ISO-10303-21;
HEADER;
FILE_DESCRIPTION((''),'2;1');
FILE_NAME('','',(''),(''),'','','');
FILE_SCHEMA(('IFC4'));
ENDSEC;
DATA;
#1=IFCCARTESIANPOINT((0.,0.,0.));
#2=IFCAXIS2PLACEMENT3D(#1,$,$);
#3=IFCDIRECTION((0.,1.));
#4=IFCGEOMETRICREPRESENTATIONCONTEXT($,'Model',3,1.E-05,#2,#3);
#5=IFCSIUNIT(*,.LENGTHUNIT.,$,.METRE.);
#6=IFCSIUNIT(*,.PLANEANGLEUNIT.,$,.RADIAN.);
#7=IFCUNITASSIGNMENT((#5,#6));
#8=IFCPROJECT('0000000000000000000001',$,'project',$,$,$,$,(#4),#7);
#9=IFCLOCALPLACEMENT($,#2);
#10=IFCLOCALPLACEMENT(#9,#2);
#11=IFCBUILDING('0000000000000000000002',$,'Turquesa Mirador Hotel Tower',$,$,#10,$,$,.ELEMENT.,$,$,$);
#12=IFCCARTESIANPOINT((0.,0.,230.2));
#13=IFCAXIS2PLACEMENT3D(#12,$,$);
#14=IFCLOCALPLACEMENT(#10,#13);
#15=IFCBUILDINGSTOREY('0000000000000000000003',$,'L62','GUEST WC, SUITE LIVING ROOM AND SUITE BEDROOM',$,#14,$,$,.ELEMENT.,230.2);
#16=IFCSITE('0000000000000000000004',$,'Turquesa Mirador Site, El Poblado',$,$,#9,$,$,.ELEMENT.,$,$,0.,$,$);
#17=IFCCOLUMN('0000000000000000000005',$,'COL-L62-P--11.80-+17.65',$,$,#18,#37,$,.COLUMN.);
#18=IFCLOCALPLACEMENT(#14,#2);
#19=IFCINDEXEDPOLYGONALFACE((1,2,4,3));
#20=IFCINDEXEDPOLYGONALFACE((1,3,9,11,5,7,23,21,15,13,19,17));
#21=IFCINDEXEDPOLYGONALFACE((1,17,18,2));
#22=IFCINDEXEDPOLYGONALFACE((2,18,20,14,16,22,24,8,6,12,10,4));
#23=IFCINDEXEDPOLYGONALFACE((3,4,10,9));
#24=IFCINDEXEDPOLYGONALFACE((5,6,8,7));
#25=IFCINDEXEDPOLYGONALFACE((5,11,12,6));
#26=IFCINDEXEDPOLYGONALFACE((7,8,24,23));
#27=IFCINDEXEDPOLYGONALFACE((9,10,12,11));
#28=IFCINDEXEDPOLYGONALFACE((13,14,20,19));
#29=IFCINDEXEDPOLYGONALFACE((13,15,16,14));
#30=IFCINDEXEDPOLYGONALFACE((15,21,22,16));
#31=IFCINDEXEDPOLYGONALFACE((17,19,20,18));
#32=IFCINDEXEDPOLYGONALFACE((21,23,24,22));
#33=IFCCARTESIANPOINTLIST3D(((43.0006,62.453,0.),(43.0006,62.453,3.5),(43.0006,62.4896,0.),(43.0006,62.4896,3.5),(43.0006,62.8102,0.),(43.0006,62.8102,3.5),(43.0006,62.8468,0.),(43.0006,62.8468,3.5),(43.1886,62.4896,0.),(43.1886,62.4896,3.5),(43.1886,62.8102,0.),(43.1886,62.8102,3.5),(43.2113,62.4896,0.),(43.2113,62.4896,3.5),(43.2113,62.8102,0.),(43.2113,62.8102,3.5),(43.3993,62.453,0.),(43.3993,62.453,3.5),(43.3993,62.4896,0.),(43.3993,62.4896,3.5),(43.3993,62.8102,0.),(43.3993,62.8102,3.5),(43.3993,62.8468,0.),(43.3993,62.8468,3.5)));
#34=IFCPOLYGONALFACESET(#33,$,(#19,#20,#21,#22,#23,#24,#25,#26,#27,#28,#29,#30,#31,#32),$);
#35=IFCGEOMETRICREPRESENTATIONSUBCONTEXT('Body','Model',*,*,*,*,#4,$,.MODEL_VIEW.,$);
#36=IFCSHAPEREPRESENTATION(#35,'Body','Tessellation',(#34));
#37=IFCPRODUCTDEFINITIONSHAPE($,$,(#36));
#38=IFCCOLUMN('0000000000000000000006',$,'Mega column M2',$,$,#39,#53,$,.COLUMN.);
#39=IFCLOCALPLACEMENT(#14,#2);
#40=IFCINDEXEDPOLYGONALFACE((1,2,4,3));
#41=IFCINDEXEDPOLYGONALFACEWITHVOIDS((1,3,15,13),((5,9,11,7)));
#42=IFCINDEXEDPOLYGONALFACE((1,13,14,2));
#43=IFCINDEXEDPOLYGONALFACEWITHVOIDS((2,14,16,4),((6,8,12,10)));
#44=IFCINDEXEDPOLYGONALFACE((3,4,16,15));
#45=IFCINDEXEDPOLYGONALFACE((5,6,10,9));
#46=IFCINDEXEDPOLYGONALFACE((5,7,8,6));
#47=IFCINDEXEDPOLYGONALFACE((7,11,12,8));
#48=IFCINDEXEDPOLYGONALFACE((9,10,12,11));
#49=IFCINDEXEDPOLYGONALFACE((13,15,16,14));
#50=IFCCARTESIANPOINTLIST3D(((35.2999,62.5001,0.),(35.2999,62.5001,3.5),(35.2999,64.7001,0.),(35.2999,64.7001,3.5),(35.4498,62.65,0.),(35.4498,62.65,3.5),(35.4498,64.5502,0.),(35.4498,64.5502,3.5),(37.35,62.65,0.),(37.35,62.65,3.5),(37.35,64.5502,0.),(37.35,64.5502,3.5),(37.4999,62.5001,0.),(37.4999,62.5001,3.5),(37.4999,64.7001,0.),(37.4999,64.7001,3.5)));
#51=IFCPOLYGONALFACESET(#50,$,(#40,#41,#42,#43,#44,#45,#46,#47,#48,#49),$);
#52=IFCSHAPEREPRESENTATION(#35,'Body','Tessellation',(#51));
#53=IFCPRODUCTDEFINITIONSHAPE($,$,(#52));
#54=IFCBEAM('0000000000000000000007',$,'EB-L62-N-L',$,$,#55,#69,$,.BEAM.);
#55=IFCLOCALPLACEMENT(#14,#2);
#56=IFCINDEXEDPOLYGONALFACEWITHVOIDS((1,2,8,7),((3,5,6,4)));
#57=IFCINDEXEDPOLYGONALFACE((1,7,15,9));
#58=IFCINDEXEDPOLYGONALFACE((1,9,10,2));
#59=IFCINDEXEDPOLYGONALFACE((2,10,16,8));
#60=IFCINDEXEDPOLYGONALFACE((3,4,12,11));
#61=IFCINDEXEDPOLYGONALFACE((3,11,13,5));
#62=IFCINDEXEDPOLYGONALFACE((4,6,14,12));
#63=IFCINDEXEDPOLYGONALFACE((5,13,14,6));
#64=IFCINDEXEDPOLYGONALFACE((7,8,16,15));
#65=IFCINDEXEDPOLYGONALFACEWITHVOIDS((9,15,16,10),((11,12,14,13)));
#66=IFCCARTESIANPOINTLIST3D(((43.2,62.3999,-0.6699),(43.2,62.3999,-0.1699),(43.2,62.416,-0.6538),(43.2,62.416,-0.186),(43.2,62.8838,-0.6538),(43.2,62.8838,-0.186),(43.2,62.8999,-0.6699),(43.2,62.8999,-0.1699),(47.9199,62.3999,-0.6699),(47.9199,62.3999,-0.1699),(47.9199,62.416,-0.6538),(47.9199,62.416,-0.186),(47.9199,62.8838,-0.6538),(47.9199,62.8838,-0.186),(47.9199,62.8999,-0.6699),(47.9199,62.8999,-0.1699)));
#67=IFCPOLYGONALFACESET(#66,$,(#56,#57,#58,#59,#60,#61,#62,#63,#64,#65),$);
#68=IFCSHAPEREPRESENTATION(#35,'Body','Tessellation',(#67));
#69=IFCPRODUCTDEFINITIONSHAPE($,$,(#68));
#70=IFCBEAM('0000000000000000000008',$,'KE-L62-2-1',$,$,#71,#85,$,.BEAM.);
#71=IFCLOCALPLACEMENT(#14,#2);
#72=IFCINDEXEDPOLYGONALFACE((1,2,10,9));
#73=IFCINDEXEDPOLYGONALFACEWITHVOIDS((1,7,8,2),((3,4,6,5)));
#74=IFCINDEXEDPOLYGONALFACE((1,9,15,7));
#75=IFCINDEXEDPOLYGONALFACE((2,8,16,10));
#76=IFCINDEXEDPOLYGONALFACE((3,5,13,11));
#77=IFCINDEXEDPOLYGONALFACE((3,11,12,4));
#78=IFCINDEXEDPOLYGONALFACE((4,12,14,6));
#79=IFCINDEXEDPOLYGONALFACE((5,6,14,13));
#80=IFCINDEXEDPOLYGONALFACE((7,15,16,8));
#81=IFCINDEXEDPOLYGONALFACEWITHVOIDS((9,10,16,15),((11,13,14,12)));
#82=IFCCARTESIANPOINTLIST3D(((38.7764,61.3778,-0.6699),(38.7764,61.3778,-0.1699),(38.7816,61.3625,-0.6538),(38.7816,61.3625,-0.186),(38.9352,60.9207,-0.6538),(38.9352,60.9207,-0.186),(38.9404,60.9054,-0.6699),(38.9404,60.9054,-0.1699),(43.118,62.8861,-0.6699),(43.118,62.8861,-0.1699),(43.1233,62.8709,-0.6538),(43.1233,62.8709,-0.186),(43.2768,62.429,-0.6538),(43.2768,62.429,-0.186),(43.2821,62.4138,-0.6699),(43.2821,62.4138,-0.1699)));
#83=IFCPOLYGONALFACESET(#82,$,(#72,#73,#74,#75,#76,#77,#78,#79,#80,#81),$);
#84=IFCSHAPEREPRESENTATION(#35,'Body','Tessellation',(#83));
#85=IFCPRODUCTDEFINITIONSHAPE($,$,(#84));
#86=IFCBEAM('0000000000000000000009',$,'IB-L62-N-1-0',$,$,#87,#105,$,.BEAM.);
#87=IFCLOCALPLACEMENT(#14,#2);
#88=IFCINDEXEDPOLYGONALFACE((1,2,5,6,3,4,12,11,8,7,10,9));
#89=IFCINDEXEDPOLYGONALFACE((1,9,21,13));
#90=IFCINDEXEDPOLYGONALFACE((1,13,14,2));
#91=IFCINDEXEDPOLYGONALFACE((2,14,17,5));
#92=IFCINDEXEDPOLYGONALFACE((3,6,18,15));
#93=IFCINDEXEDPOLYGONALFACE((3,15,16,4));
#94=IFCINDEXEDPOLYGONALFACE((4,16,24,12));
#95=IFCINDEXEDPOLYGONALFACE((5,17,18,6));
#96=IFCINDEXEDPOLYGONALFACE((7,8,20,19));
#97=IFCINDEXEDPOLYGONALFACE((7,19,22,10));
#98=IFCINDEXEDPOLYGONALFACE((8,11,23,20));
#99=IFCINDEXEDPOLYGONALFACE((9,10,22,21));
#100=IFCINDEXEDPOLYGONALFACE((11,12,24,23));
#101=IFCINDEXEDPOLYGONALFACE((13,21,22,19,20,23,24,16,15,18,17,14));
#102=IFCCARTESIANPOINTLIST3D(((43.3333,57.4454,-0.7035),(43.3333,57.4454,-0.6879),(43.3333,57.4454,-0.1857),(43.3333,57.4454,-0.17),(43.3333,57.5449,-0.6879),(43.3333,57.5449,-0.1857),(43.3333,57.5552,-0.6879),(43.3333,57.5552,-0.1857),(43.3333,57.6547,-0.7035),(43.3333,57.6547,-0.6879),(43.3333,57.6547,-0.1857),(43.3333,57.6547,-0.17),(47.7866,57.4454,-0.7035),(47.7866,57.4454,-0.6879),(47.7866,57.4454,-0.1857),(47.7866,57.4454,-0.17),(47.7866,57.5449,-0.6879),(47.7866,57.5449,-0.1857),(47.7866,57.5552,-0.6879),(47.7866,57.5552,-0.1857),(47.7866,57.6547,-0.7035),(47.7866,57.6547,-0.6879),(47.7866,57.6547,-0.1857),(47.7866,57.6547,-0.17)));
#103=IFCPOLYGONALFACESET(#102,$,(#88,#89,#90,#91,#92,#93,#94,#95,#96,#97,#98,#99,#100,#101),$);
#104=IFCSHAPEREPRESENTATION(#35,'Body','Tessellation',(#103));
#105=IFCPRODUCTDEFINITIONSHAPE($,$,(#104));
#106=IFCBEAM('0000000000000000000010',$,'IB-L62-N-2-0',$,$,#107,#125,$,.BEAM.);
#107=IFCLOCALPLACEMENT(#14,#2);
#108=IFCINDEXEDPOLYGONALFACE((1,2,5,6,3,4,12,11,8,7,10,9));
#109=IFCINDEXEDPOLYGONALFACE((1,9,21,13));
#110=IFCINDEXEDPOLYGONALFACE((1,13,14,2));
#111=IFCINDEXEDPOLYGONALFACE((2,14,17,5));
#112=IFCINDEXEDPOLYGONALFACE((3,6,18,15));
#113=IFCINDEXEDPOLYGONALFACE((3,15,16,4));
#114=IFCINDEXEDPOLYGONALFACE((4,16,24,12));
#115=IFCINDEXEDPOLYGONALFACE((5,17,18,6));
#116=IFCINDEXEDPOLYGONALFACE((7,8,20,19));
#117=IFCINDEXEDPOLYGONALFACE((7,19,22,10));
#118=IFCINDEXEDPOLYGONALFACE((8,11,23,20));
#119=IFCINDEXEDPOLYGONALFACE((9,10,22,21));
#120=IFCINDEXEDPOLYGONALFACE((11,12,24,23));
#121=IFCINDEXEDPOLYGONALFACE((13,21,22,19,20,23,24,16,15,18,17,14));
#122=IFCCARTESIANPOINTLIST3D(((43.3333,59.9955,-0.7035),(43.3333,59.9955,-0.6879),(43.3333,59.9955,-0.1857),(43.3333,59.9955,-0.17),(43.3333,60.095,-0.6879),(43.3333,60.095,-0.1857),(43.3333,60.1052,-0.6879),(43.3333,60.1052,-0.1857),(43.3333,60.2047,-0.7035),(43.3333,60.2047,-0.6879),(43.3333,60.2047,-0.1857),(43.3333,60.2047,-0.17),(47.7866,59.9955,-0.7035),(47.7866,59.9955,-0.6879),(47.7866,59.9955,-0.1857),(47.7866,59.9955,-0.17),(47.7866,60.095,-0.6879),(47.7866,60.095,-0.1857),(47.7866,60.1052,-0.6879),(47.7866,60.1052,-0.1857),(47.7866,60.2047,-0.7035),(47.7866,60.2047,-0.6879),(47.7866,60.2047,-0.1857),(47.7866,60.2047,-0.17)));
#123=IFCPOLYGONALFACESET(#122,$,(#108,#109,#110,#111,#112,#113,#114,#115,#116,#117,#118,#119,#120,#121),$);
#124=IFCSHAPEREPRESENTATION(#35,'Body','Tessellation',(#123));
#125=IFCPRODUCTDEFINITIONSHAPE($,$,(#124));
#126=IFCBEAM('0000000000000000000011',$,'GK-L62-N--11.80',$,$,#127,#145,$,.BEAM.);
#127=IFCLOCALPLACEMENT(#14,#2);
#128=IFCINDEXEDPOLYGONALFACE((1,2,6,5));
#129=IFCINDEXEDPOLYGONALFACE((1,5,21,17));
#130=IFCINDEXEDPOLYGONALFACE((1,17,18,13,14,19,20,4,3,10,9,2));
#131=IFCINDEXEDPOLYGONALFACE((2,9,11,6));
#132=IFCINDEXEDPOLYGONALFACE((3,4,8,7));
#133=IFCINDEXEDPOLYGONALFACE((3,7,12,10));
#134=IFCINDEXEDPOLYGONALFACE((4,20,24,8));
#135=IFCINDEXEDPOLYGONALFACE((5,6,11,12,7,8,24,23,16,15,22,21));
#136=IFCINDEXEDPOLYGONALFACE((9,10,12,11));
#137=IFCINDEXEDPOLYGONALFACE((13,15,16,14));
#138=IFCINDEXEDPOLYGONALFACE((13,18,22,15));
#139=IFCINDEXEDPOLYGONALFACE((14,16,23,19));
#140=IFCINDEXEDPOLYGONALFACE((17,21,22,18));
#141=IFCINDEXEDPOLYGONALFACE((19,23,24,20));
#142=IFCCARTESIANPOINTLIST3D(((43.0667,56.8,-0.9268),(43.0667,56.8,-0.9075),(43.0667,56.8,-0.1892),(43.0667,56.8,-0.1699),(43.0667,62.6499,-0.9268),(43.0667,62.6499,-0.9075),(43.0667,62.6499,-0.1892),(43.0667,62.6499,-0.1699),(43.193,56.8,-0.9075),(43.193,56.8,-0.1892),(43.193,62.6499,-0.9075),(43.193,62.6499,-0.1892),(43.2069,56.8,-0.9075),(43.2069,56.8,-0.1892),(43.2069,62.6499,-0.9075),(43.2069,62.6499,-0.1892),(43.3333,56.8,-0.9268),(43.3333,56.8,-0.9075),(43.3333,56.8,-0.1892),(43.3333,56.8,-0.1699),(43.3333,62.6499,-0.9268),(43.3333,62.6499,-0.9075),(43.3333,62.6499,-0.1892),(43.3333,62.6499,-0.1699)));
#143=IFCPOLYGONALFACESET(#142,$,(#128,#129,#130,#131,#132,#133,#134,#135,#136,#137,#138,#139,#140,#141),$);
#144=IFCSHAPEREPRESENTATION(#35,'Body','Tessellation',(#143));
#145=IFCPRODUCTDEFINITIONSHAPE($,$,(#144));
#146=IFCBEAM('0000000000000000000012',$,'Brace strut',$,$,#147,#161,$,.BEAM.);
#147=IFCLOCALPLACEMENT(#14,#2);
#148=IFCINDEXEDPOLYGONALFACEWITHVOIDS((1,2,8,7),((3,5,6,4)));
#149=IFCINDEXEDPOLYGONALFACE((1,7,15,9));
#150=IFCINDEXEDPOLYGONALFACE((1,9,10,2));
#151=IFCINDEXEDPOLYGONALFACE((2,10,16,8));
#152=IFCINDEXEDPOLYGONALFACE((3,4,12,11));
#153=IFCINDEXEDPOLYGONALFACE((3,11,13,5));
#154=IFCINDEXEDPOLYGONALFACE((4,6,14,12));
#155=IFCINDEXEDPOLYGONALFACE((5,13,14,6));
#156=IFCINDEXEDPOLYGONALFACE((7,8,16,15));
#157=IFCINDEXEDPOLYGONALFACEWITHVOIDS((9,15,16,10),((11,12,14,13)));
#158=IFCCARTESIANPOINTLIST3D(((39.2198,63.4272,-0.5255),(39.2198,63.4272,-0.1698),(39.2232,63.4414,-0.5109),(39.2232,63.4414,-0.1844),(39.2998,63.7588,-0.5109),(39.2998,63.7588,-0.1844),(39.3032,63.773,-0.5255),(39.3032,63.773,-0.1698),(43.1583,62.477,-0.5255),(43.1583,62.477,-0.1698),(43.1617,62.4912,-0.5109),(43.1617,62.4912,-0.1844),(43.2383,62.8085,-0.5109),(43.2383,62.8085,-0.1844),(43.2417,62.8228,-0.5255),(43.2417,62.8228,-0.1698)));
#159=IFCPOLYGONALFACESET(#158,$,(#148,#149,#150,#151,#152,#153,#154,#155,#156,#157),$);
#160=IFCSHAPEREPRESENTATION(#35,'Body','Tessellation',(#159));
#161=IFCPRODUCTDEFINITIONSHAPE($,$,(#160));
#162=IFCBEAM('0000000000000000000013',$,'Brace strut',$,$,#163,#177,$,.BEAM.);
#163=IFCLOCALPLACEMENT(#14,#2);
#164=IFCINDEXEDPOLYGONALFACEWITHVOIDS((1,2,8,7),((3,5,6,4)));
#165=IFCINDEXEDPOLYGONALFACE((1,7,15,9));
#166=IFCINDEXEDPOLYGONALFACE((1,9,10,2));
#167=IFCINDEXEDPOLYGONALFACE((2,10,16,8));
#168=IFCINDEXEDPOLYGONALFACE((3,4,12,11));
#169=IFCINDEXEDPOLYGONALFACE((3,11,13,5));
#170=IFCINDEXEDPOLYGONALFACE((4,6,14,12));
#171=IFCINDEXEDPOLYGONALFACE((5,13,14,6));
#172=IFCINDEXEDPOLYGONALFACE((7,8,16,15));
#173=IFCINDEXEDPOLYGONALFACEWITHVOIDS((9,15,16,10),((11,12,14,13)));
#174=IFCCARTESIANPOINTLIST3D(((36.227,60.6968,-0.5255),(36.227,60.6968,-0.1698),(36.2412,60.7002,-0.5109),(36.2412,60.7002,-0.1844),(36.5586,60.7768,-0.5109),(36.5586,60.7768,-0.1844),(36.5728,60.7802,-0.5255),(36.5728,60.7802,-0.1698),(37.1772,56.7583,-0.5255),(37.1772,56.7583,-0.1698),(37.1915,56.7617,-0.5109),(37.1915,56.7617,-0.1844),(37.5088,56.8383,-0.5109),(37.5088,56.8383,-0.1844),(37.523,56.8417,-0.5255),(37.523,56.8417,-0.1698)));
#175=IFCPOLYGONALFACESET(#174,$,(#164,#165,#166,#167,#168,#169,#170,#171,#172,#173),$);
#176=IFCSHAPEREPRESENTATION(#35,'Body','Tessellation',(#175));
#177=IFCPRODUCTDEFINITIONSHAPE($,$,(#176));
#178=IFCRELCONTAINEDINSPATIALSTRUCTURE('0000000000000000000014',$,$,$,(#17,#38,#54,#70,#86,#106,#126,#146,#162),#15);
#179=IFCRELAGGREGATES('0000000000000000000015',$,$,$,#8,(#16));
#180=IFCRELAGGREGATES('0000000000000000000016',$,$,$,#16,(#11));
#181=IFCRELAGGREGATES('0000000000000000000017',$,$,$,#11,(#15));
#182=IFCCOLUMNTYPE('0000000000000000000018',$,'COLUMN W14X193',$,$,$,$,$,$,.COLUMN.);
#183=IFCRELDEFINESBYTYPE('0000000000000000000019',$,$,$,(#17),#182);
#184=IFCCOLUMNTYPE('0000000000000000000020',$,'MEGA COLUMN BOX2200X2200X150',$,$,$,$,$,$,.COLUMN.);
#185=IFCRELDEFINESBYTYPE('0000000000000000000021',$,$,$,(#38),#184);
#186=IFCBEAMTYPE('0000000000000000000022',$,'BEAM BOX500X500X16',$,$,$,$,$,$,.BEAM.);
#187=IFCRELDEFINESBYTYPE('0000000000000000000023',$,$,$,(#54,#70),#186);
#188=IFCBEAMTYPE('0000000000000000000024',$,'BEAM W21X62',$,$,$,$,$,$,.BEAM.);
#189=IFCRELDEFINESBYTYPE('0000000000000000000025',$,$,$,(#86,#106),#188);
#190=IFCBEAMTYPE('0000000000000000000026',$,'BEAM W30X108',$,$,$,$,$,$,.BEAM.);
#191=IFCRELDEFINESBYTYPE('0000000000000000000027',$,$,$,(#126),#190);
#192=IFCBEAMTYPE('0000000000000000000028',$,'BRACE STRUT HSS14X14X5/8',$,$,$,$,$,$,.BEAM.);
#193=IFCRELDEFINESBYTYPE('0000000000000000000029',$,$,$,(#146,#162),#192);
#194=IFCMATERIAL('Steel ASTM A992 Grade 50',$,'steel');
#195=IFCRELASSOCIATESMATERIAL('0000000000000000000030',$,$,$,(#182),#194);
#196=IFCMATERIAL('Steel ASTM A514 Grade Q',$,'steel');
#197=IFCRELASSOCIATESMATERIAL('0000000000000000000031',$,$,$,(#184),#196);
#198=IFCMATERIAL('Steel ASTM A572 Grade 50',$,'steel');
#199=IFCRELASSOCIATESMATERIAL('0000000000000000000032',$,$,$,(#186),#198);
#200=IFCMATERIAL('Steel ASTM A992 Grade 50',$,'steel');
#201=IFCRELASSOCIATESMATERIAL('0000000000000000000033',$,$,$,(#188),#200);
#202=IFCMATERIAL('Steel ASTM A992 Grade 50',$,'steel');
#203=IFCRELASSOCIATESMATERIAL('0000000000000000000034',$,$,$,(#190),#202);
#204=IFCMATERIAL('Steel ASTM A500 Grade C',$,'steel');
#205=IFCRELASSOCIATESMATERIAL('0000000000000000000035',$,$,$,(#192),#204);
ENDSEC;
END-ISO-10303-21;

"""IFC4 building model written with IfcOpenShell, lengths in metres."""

from ifc_helpers import new_model, si_unit, direction, frame, origin, origin_2d, place, context, subcontext, project, spatial, hollow_rectangle, i_section, extrude, material, material_profile, profile_set, type_object, element, save


model = new_model("IFC4")

# Units and contexts
model_context = context("Model", 3, precision=1e-05, world=origin(), true_north=direction((0.0, 1.0)))
body_context = subcontext(model_context, "Body", "Model", "MODEL_VIEW")
ifc_project = project(units=[si_unit("LENGTHUNIT", "METRE"), si_unit("PLANEANGLEUNIT", "RADIAN")], contexts=[model_context])

# Site, building, storey
site_placement = place(None, origin())
site = spatial("IfcSite", under=ifc_project, at=site_placement, Name="Turquesa Mirador Site, El Poblado", CompositionType="ELEMENT", RefElevation=0.0)
building_placement = place(site_placement, origin())
building = spatial("IfcBuilding", under=site, at=building_placement, Name="Turquesa Mirador Hotel Tower", CompositionType="ELEMENT")
storey_placement = place(building_placement, frame((0.0, 0.0, 230.2)))
storey = spatial("IfcBuildingStorey", under=building, at=storey_placement, Name="L62", Description="GUEST WC, SUITE LIVING ROOM AND SUITE BEDROOM", CompositionType="ELEMENT", Elevation=230.2)

# Columns
ifc_material_1 = material(Name="Steel ASTM A992 Grade 50", Category="steel")
ifc_material_profile_1 = material_profile(ifc_material_1, i_section(OverallWidth=0.3987, OverallDepth=0.3938, WebThickness=0.0227, FlangeThickness=0.0366, at=origin_2d()), Name="W14X193")
ifc_profile_set_1 = profile_set([ifc_material_profile_1], Name="Steel ASTM A992 Grade 50")
column_type_1 = type_object("IfcColumnType", Name="COLUMN W14X193", PredefinedType="COLUMN", material=ifc_profile_set_1)
column_1_placement = place(storey_placement, frame((43.2, 62.6499, 0.0), z_axis=(0.0, 0.0, 1.0), x_axis=(1.0, 0.0, 0.0)))
element("IfcColumn", 1, at=column_1_placement, inside=storey, type_object=column_type_1, Name="COL-L62-P--11.80-+17.65", PredefinedType="COLUMN", context=body_context, shape_type="SweptSolid", body=[
    extrude(i_section(OverallWidth=0.3987, OverallDepth=0.3938, WebThickness=0.0227, FlangeThickness=0.0366, at=origin_2d()), origin(), (0.0, 0.0, 1.0), 3.5),
])
ifc_material_2 = material(Name="Steel ASTM A514 Grade Q", Category="steel")
ifc_material_profile_2 = material_profile(ifc_material_2, hollow_rectangle(XDim=2.2, YDim=2.2, WallThickness=0.1499, at=origin_2d()), Name="BOX2200X2200X150")
ifc_profile_set_2 = profile_set([ifc_material_profile_2], Name="Steel ASTM A514 Grade Q")
column_type_2 = type_object("IfcColumnType", Name="MEGA COLUMN BOX2200X2200X150", PredefinedType="COLUMN", material=ifc_profile_set_2)
column_2_placement = place(storey_placement, frame((36.3999, 63.6001, 0.0), z_axis=(0.0, 0.0, 1.0), x_axis=(1.0, 0.0, 0.0)))
element("IfcColumn", 2, at=column_2_placement, inside=storey, type_object=column_type_2, Name="Mega column M2", PredefinedType="COLUMN", context=body_context, shape_type="SweptSolid", body=[
    extrude(hollow_rectangle(XDim=2.2, YDim=2.2, WallThickness=0.1499, at=origin_2d()), origin(), (0.0, 0.0, 1.0), 3.5),
])

# Beams
ifc_material_3 = material(Name="Steel ASTM A572 Grade 50", Category="steel")
ifc_material_profile_3 = material_profile(ifc_material_3, hollow_rectangle(XDim=0.5, YDim=0.5, WallThickness=0.0161, at=origin_2d()), Name="BOX500X500X16")
ifc_profile_set_3 = profile_set([ifc_material_profile_3], Name="Steel ASTM A572 Grade 50")
beam_type_1 = type_object("IfcBeamType", Name="BEAM BOX500X500X16", PredefinedType="BEAM", material=ifc_profile_set_3)
beam_1_placement = place(storey_placement, frame((43.2, 62.6499, -0.4199), z_axis=(1.0, 0.0, 0.0), x_axis=(0.0, 1.0, 0.0)))
element("IfcBeam", 3, at=beam_1_placement, inside=storey, type_object=beam_type_1, Name="EB-L62-N-L", PredefinedType="BEAM", context=body_context, shape_type="SweptSolid", body=[
    extrude(hollow_rectangle(XDim=0.5, YDim=0.5, WallThickness=0.0161, at=origin_2d()), origin(), (0.0, 0.0, 1.0), 4.72),
])
beam_2_placement = place(storey_placement, frame((38.8584, 61.1416, -0.4199), z_axis=(0.944619, 0.32817, 0.0), x_axis=(-0.32817, 0.944619, 0.0)))
element("IfcBeam", 4, at=beam_2_placement, inside=storey, type_object=beam_type_1, Name="KE-L62-2-1", PredefinedType="BEAM", context=body_context, shape_type="SweptSolid", body=[
    extrude(hollow_rectangle(XDim=0.5, YDim=0.5, WallThickness=0.0161, at=origin_2d()), origin(), (0.0, 0.0, 1.0), 4.5962),
])
ifc_material_4 = material(Name="Steel ASTM A992 Grade 50", Category="steel")
ifc_material_profile_4 = material_profile(ifc_material_4, i_section(OverallWidth=0.2092, OverallDepth=0.5334, WebThickness=0.0103, FlangeThickness=0.0156, at=origin_2d()), Name="W21X62")
ifc_profile_set_4 = profile_set([ifc_material_profile_4], Name="Steel ASTM A992 Grade 50")
beam_type_2 = type_object("IfcBeamType", Name="BEAM W21X62", PredefinedType="BEAM", material=ifc_profile_set_4)
for number, where, z_axis, x_axis, name in (
    (5, (43.3333, 57.55, -0.4368), (1.0, 0.0, 0.0), (0.0, 1.0, 0.0), "IB-L62-N-1-0"),
    (6, (43.3333, 60.1001, -0.4368), (1.0, 0.0, 0.0), (0.0, 1.0, 0.0), "IB-L62-N-2-0"),
):
    element("IfcBeam", number, at=place(storey_placement, frame(where, z_axis=z_axis, x_axis=x_axis)), inside=storey, type_object=beam_type_2, Name=name, PredefinedType="BEAM", context=body_context, shape_type="SweptSolid", body=[
        extrude(i_section(OverallWidth=0.2092, OverallDepth=0.5334, WebThickness=0.0103, FlangeThickness=0.0156, at=origin_2d()), origin(), (0.0, 0.0, 1.0), 4.4534),
    ])
ifc_material_5 = material(Name="Steel ASTM A992 Grade 50", Category="steel")
ifc_material_profile_5 = material_profile(ifc_material_5, i_section(OverallWidth=0.2666, OverallDepth=0.7568, WebThickness=0.0139, FlangeThickness=0.0193, at=origin_2d()), Name="W30X108")
ifc_profile_set_5 = profile_set([ifc_material_profile_5], Name="Steel ASTM A992 Grade 50")
beam_type_3 = type_object("IfcBeamType", Name="BEAM W30X108", PredefinedType="BEAM", material=ifc_profile_set_5)
beam_3_placement = place(storey_placement, frame((43.2, 62.6499, -0.5483), z_axis=(0.0, -1.0, 0.0), x_axis=(1.0, 0.0, 0.0)))
element("IfcBeam", 7, at=beam_3_placement, inside=storey, type_object=beam_type_3, Name="GK-L62-N--11.80", PredefinedType="BEAM", context=body_context, shape_type="SweptSolid", body=[
    extrude(i_section(OverallWidth=0.2666, OverallDepth=0.7568, WebThickness=0.0139, FlangeThickness=0.0193, at=origin_2d()), origin(), (0.0, 0.0, 1.0), 5.8499),
])
ifc_material_6 = material(Name="Steel ASTM A500 Grade C", Category="steel")
ifc_material_profile_6 = material_profile(ifc_material_6, hollow_rectangle(XDim=0.3557, YDim=0.3557, WallThickness=0.0146, at=origin_2d()), Name="HSS14X14X5/8")
ifc_profile_set_6 = profile_set([ifc_material_profile_6], Name="Steel ASTM A500 Grade C")
beam_type_4 = type_object("IfcBeamType", Name="BRACE STRUT HSS14X14X5/8", PredefinedType="BEAM", material=ifc_profile_set_6)
for number, where, z_axis, x_axis, name in (
    (8, (39.2615, 63.6001, -0.3477), (0.972109, -0.234531, 0.0), (0.234531, 0.972109, 0.0), "Brace strut"),
    (9, (36.3999, 60.7385, -0.3477), (0.234531, -0.972109, 0.0), (0.972109, 0.234531, 0.0), "Brace strut"),
):
    element("IfcBeam", number, at=place(storey_placement, frame(where, z_axis=z_axis, x_axis=x_axis)), inside=storey, type_object=beam_type_4, Name=name, PredefinedType="BEAM", context=body_context, shape_type="SweptSolid", body=[
        extrude(hollow_rectangle(XDim=0.3557, YDim=0.3557, WallThickness=0.0146, at=origin_2d()), origin(), (0.0, 0.0, 1.0), 4.0515),
    ])

save(model, "model.ifc")
